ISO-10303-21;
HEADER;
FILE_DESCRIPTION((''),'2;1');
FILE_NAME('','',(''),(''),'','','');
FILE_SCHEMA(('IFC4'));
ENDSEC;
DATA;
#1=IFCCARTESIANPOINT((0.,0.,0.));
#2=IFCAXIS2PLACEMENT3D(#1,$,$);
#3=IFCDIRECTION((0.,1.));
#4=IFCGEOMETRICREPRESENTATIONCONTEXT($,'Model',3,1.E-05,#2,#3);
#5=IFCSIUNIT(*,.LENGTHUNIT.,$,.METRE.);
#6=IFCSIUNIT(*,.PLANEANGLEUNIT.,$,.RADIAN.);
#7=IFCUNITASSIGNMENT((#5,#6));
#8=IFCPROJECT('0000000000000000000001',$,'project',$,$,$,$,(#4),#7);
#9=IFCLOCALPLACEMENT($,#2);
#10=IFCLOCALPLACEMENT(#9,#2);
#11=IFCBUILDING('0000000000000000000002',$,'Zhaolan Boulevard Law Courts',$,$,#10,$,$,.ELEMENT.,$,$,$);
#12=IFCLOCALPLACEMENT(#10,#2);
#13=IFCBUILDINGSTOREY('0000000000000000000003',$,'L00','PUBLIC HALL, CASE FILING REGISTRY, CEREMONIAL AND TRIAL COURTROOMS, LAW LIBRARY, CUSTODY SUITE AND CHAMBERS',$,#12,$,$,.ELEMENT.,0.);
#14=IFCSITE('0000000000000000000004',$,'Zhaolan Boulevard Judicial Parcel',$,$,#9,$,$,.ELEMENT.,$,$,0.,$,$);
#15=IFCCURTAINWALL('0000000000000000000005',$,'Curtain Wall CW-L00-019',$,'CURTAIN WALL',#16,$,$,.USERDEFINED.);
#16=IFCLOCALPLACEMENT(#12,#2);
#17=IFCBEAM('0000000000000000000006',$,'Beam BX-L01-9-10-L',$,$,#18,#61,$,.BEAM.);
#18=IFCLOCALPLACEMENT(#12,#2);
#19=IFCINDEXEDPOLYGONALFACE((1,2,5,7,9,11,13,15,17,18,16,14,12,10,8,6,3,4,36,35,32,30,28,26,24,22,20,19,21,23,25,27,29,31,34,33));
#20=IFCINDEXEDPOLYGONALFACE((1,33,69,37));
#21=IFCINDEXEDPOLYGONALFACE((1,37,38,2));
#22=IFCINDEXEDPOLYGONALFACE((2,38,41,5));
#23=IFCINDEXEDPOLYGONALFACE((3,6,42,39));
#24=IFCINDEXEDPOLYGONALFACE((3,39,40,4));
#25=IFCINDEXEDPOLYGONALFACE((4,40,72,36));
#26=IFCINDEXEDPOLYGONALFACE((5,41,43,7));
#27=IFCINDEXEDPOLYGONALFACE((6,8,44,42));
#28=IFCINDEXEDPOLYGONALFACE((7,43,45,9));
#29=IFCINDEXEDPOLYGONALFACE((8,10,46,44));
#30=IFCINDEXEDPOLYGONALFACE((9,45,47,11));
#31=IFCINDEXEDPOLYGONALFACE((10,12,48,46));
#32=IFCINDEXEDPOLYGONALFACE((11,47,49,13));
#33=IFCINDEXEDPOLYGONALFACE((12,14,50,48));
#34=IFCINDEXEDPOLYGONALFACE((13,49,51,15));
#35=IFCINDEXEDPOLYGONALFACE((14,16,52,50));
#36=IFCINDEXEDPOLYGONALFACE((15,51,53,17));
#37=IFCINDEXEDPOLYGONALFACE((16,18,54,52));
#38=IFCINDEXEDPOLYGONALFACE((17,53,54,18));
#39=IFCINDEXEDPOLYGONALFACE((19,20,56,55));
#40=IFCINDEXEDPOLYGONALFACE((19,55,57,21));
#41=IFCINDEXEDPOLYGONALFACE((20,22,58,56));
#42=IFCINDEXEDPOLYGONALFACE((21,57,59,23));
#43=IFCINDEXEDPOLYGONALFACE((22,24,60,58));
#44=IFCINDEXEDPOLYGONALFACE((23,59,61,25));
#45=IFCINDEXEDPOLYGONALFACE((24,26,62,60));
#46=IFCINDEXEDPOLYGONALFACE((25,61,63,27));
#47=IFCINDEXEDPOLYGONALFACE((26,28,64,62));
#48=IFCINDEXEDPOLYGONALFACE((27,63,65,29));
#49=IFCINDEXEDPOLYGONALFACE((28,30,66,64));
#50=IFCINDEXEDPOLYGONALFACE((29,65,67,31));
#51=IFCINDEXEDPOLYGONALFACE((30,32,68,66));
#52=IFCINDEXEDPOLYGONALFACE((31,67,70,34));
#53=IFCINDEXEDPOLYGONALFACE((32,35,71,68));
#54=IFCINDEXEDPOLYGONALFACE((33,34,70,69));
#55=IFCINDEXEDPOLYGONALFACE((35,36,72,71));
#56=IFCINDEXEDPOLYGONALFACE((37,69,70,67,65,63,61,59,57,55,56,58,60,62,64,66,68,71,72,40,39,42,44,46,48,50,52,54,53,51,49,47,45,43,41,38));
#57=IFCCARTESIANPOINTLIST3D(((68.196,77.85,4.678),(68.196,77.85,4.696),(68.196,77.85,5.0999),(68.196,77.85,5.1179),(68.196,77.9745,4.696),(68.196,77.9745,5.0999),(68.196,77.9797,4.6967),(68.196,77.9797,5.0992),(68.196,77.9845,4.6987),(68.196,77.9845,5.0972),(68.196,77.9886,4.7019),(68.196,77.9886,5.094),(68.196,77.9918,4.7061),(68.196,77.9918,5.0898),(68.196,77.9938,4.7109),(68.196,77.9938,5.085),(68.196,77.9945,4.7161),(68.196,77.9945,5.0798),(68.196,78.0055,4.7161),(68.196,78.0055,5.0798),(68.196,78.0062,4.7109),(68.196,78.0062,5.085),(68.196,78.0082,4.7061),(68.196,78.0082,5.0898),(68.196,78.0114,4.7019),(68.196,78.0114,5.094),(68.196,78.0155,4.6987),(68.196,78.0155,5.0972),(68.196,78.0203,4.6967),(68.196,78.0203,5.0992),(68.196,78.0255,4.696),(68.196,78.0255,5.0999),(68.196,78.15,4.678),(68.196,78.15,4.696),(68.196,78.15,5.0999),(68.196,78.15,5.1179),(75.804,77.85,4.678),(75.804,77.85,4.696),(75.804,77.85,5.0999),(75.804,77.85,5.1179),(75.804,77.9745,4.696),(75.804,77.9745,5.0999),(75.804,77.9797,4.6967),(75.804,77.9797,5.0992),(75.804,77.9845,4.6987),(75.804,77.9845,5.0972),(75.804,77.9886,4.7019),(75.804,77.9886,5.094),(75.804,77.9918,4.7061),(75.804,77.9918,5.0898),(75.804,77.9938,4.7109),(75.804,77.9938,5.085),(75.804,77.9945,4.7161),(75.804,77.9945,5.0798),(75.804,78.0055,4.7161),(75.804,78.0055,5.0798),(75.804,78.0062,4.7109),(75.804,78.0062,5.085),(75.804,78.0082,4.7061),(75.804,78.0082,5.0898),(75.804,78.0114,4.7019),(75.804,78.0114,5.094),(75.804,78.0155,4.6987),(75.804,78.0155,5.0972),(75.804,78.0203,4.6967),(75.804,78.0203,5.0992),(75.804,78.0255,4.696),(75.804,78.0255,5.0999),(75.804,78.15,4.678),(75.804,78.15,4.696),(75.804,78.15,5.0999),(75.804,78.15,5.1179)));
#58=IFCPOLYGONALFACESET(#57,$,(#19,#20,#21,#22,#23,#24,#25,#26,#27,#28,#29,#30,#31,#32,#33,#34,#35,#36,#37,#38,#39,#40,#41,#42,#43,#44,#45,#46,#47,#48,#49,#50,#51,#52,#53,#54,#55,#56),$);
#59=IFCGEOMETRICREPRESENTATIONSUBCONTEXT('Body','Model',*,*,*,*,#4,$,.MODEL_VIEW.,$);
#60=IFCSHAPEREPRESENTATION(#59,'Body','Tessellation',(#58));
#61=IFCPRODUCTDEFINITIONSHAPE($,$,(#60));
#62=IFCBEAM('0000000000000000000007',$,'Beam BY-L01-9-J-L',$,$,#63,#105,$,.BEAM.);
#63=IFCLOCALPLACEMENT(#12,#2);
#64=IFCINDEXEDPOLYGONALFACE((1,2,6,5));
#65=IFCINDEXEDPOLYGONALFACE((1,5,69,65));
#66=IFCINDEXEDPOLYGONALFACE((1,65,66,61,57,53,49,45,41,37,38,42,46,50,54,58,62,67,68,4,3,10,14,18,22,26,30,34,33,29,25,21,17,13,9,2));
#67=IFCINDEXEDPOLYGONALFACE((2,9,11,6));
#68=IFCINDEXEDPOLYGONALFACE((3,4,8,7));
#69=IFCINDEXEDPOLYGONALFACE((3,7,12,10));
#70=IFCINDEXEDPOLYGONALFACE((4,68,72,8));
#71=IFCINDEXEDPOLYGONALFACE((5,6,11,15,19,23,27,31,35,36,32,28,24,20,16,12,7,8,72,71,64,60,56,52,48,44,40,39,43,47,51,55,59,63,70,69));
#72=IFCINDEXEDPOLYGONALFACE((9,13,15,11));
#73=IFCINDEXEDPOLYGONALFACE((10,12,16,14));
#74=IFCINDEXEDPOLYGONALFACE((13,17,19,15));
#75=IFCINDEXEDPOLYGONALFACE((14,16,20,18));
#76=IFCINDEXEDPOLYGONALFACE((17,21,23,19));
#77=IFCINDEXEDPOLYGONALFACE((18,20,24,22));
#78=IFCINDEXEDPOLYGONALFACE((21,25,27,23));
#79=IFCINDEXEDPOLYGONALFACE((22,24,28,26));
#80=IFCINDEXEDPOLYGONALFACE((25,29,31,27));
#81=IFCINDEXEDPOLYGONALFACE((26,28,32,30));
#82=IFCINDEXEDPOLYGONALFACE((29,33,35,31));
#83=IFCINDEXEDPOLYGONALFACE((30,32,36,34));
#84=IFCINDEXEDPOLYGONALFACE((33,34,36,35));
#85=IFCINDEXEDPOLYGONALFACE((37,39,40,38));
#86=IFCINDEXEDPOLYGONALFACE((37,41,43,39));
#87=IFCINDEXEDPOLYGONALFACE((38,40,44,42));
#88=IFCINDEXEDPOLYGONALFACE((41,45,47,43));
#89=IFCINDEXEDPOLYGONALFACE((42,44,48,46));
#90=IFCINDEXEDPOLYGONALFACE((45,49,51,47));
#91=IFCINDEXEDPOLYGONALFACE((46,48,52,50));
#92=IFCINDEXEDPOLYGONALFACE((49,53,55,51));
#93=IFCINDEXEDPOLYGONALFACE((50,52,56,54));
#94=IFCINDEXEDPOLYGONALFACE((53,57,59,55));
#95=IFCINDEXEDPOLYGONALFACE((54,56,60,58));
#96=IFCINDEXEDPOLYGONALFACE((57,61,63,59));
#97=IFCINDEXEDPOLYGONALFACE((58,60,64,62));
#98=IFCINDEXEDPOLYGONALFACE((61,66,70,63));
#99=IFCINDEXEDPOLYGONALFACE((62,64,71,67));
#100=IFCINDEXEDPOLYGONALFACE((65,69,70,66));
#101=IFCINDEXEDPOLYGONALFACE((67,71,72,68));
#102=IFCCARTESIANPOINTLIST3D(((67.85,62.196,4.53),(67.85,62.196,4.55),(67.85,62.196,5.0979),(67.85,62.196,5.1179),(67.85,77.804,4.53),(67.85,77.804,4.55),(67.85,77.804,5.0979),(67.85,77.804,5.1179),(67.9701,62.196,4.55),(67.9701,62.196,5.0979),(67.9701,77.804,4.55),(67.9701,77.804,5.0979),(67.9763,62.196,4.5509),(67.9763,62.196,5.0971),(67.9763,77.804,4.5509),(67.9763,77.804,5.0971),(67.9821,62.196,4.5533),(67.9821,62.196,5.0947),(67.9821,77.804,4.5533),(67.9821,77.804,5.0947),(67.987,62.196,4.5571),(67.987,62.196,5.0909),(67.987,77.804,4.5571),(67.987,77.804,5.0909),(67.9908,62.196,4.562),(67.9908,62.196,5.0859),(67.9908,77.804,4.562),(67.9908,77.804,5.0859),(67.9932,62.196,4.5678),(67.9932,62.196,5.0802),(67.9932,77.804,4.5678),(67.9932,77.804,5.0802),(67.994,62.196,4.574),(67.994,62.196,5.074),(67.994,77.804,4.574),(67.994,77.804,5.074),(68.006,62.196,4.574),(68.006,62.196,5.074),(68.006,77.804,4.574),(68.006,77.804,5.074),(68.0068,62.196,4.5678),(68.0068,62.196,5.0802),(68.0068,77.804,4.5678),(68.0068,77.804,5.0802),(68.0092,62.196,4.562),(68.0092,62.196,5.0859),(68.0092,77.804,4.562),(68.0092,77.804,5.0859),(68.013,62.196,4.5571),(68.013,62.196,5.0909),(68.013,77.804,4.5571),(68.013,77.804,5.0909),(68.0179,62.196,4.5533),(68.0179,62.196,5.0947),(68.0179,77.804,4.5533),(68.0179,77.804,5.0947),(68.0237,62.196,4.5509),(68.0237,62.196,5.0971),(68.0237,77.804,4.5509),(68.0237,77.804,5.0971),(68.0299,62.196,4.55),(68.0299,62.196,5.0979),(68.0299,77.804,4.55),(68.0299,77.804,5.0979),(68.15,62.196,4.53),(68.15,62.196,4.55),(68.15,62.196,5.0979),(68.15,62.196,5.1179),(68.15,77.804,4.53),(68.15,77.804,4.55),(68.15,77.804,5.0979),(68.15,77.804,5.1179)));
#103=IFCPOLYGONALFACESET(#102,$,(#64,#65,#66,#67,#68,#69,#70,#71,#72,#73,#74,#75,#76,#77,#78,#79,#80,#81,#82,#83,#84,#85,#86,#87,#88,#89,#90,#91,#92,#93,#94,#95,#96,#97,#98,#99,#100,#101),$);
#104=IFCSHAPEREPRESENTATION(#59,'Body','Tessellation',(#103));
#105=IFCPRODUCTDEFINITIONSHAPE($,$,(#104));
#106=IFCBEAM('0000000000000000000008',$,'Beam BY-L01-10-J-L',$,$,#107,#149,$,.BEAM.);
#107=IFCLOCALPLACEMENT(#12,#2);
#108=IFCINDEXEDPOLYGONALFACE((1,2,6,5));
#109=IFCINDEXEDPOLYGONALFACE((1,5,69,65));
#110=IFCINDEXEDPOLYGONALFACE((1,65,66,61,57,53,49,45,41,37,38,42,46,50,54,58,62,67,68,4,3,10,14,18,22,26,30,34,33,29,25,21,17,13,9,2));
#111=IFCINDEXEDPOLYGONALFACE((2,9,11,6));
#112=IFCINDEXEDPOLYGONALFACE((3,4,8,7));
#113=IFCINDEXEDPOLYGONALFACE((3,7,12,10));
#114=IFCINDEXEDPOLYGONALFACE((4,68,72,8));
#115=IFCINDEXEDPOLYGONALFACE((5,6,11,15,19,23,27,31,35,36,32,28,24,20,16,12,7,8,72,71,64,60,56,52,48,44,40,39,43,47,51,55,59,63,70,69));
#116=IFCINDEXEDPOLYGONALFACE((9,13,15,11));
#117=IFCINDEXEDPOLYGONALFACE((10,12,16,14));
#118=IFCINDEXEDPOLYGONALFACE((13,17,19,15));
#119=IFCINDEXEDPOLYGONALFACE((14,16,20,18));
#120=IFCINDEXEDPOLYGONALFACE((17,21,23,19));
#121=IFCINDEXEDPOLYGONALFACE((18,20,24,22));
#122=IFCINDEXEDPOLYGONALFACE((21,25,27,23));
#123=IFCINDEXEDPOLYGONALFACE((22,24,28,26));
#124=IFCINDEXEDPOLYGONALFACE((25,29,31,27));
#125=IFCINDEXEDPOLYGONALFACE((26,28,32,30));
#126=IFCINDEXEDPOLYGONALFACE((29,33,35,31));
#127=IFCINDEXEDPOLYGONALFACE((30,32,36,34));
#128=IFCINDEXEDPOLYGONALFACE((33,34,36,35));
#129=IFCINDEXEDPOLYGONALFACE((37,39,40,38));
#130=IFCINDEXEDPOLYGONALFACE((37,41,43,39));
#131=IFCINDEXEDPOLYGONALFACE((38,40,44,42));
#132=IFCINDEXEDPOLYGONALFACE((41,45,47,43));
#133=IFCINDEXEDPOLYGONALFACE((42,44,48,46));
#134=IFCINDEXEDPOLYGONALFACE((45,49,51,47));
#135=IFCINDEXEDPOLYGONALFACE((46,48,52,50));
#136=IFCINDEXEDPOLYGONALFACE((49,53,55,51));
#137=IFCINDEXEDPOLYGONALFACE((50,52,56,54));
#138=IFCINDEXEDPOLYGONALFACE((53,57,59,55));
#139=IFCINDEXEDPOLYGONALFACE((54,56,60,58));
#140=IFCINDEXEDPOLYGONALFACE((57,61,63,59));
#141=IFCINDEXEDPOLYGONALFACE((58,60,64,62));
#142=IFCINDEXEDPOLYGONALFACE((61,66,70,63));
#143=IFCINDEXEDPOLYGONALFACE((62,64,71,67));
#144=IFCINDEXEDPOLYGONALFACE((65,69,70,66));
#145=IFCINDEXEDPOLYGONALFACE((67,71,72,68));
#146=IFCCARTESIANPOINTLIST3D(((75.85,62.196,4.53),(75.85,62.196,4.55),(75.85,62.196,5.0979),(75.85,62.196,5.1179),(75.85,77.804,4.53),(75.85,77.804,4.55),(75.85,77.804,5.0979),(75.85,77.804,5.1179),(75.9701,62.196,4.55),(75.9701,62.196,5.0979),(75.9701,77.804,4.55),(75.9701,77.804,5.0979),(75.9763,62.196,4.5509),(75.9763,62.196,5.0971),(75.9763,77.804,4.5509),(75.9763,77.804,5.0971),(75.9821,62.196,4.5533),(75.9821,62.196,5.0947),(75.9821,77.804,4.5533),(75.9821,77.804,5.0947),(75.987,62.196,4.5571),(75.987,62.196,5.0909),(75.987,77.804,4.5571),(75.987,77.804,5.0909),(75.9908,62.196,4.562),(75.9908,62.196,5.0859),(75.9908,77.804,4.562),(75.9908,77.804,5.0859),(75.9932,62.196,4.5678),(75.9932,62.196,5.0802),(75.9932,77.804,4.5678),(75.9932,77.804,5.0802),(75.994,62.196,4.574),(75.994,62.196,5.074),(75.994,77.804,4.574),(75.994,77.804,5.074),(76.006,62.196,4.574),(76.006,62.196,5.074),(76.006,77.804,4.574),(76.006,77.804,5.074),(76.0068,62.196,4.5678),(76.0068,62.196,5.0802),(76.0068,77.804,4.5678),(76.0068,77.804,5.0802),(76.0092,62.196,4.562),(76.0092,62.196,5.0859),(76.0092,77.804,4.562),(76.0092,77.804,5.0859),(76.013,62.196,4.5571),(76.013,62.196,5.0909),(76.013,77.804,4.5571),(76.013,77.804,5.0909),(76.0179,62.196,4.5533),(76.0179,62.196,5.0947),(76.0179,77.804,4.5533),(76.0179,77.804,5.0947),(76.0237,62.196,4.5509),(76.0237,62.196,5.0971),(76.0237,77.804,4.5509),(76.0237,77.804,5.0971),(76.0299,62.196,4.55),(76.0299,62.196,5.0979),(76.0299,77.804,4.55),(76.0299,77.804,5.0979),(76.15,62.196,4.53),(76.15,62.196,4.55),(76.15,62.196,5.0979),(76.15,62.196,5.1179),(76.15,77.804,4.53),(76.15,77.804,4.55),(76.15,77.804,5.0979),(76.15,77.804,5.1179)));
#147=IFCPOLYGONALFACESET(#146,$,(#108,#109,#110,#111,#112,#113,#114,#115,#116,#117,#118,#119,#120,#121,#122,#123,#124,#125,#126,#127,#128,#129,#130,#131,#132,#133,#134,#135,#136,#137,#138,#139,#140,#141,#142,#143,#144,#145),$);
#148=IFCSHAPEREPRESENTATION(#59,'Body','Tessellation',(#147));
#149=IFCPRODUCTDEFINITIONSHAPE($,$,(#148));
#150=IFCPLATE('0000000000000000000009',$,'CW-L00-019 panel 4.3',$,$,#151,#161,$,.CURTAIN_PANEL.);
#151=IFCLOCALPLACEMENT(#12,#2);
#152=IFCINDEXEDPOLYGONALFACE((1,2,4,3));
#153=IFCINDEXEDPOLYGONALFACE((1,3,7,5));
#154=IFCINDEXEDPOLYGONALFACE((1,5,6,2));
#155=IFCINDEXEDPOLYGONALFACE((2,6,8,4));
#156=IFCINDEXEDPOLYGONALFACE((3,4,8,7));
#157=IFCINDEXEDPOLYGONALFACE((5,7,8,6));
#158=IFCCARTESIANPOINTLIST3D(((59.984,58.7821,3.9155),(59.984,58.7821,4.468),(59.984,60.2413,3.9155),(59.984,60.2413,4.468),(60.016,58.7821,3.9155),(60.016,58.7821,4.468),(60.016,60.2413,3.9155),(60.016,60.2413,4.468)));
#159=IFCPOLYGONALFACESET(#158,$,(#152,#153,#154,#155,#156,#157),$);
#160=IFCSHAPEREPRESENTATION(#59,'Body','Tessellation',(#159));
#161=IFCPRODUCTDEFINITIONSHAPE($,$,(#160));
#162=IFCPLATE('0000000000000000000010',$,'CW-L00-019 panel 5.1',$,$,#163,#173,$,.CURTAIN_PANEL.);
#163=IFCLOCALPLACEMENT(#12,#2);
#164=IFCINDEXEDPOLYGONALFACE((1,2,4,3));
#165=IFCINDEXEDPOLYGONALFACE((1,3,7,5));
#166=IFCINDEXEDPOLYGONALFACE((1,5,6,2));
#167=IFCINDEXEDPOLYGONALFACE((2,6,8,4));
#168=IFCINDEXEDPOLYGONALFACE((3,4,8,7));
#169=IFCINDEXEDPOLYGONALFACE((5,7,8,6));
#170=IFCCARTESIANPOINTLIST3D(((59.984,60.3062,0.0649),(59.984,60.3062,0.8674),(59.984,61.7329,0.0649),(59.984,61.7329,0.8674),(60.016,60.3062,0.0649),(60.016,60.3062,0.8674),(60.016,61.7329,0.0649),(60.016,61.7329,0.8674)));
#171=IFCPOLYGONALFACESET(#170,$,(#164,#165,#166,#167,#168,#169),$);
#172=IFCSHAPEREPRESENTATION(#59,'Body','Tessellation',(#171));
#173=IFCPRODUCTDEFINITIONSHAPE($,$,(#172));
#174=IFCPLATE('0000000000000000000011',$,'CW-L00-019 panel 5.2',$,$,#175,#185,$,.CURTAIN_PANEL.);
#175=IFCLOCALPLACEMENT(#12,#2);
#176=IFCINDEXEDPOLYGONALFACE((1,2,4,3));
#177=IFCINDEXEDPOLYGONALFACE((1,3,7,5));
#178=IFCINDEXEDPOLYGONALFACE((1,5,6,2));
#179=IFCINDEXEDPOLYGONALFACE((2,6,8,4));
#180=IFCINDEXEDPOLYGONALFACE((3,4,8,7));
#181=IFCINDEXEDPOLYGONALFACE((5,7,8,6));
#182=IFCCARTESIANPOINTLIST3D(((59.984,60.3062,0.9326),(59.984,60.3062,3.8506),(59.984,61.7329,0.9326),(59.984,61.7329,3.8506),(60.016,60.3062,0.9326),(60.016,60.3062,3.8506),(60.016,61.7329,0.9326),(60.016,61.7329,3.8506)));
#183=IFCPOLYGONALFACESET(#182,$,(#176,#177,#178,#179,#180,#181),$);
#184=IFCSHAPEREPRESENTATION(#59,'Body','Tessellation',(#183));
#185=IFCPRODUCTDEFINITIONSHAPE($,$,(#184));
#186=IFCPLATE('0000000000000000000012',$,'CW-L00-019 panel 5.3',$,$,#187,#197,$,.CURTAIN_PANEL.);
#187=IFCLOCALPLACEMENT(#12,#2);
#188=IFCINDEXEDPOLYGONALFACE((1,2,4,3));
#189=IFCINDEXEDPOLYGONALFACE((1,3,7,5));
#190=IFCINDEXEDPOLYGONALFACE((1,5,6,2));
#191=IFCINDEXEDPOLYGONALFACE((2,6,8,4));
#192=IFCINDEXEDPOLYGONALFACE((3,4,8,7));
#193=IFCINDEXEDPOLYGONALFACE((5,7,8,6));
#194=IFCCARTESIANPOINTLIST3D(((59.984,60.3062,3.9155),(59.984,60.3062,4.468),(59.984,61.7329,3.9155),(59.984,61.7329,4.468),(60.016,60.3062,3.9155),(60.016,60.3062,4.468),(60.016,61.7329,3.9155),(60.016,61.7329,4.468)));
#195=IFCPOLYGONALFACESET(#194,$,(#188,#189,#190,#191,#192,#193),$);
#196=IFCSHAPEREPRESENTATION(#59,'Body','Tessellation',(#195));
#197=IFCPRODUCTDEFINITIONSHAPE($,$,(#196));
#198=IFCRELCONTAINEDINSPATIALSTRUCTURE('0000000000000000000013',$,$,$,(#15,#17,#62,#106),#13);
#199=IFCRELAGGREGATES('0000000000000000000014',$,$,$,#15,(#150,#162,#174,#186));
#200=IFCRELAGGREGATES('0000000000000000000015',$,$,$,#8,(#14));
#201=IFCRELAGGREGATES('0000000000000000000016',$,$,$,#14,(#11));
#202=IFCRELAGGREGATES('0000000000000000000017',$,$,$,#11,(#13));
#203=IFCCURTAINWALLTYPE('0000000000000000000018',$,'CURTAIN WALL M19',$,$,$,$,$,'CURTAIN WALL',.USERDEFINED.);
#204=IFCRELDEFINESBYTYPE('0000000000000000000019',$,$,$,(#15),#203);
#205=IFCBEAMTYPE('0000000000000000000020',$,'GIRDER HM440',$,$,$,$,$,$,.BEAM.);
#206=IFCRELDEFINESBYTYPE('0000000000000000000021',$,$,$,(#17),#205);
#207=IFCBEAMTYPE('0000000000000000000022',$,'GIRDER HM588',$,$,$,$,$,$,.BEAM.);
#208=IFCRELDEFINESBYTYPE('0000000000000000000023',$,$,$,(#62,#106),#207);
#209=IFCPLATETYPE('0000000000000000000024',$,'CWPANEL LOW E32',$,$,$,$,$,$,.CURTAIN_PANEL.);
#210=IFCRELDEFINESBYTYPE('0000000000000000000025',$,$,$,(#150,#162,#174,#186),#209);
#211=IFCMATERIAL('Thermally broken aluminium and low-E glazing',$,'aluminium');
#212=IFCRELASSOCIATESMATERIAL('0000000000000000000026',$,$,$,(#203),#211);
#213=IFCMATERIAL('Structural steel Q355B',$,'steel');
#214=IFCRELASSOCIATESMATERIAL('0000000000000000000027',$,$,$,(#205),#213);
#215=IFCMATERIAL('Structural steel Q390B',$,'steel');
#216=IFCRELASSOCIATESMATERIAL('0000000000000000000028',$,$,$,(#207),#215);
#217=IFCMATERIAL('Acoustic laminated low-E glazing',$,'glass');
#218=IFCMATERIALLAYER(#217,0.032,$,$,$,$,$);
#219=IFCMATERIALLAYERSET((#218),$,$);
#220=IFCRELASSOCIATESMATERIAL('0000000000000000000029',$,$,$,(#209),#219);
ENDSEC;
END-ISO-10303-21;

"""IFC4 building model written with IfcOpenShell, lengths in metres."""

from ifc_helpers import new_model, si_unit, direction, frame, origin, origin_2d, place, context, subcontext, project, spatial, rectangle, i_section, extrude, material, layer, layer_set, material_profile, profile_set, type_object, element, aggregate, save


model = new_model("IFC4")

# Units and contexts
model_context = context("Model", 3, precision=1e-05, world=origin(), true_north=direction((0.0, 1.0)))
body_context = subcontext(model_context, "Body", "Model", "MODEL_VIEW")
ifc_project = project(units=[si_unit("LENGTHUNIT", "METRE"), si_unit("PLANEANGLEUNIT", "RADIAN")], contexts=[model_context])

# Site, building, storey
site_placement = place(None, origin())
site = spatial("IfcSite", under=ifc_project, at=site_placement, Name="Zhaolan Boulevard Judicial Parcel", CompositionType="ELEMENT", RefElevation=0.0)
building_placement = place(site_placement, origin())
building = spatial("IfcBuilding", under=site, at=building_placement, Name="Zhaolan Boulevard Law Courts", CompositionType="ELEMENT")
storey_placement = place(building_placement, origin())
storey = spatial("IfcBuildingStorey", under=building, at=storey_placement, Name="L00", Description="PUBLIC HALL, CASE FILING REGISTRY, CEREMONIAL AND TRIAL COURTROOMS, LAW LIBRARY, CUSTODY SUITE AND CHAMBERS", CompositionType="ELEMENT", Elevation=0.0)

# Curtain wall
ifc_material_1 = material(Name="Thermally broken aluminium and low-E glazing", Category="aluminium")
curtain_wall_type = type_object("IfcCurtainWallType", Name="CURTAIN WALL M19", ElementType="CURTAIN WALL", PredefinedType="USERDEFINED", material=ifc_material_1)
curtain_wall_placement = place(storey_placement, origin())
curtain_wall = element("IfcCurtainWall", 1, at=curtain_wall_placement, inside=storey, type_object=curtain_wall_type, Name="Curtain Wall CW-L00-019", ObjectType="CURTAIN WALL", PredefinedType="USERDEFINED")

# Beams
ifc_material_2 = material(Name="Structural steel Q355B", Category="steel")
ifc_material_profile_1 = material_profile(ifc_material_2, i_section(OverallWidth=0.3, OverallDepth=0.4399, WebThickness=0.011, FlangeThickness=0.0181, FilletRadius=0.02, at=origin_2d()), Name="HM440x300")
ifc_profile_set_1 = profile_set([ifc_material_profile_1], Name="Structural steel Q355B")
beam_type_1 = type_object("IfcBeamType", Name="GIRDER HM440", PredefinedType="BEAM", material=ifc_profile_set_1)
for number, where, z_axis, x_axis, name in (
    (2, (68.196, 78.0, 4.8979), (1.0, 0.0, 0.0), (0.0, 1.0, 0.0), "Beam BX-L01-9-10-L"),
):
    element("IfcBeam", number, at=place(storey_placement, frame(where, z_axis=z_axis, x_axis=x_axis)), inside=storey, type_object=beam_type_1, Name=name, PredefinedType="BEAM", context=body_context, shape_type="SweptSolid", body=[
        extrude(i_section(OverallWidth=0.3, OverallDepth=0.4399, WebThickness=0.011, FlangeThickness=0.0181, FilletRadius=0.02, at=origin_2d()), origin(), (0.0, 0.0, 1.0), 7.6079),
    ])
ifc_material_3 = material(Name="Structural steel Q390B", Category="steel")
ifc_material_profile_2 = material_profile(ifc_material_3, i_section(OverallWidth=0.3, OverallDepth=0.5879, WebThickness=0.012, FlangeThickness=0.02, FilletRadius=0.0239, at=origin_2d()), Name="HM588x300")
ifc_profile_set_2 = profile_set([ifc_material_profile_2], Name="Structural steel Q390B")
beam_type_2 = type_object("IfcBeamType", Name="GIRDER HM588", PredefinedType="BEAM", material=ifc_profile_set_2)
for number, where, z_axis, x_axis, name in (
    (3, (68.0, 62.196, 4.824), (0.0, 1.0, 0.0), (-1.0, 0.0, 0.0), "Beam BY-L01-9-J-L"),
    (4, (76.0, 62.196, 4.824), (0.0, 1.0, 0.0), (-1.0, 0.0, 0.0), "Beam BY-L01-10-J-L"),
):
    element("IfcBeam", number, at=place(storey_placement, frame(where, z_axis=z_axis, x_axis=x_axis)), inside=storey, type_object=beam_type_2, Name=name, PredefinedType="BEAM", context=body_context, shape_type="SweptSolid", body=[
        extrude(i_section(OverallWidth=0.3, OverallDepth=0.5879, WebThickness=0.012, FlangeThickness=0.02, FilletRadius=0.0239, at=origin_2d()), origin(), (0.0, 0.0, 1.0), 15.6079),
    ])

# Plates
ifc_material_4 = material(Name="Acoustic laminated low-E glazing", Category="glass")
ifc_layer_1 = layer(ifc_material_4, 0.032)
ifc_layer_set_1 = layer_set([ifc_layer_1])
plate_type_1 = type_object("IfcPlateType", Name="CWPANEL LOW E32", PredefinedType="CURTAIN_PANEL", material=ifc_layer_set_1)
plate_1_placement = place(storey_placement, frame((60.0, 59.5117, 3.9155), z_axis=(0.0, 0.0, 1.0), x_axis=(0.0, 1.0, 0.0)))
plate_1 = element("IfcPlate", 5, at=plate_1_placement, type_object=plate_type_1, Name="CW-L00-019 panel 4.3", PredefinedType="CURTAIN_PANEL", context=body_context, shape_type="SweptSolid", body=[
    extrude(rectangle(XDim=1.4592, YDim=0.032, at=origin_2d()), origin(), (0.0, 0.0, 1.0), 0.5525),
])
plate_2_placement = place(storey_placement, frame((60.0, 61.0195, 0.0649), z_axis=(0.0, 0.0, 1.0), x_axis=(0.0, 1.0, 0.0)))
plate_2 = element("IfcPlate", 6, at=plate_2_placement, type_object=plate_type_1, Name="CW-L00-019 panel 5.1", PredefinedType="CURTAIN_PANEL", context=body_context, shape_type="SweptSolid", body=[
    extrude(rectangle(XDim=1.4268, YDim=0.032, at=origin_2d()), origin(), (0.0, 0.0, 1.0), 0.8025),
])
plate_3_placement = place(storey_placement, frame((60.0, 61.0195, 0.9326), z_axis=(0.0, 0.0, 1.0), x_axis=(0.0, 1.0, 0.0)))
plate_3 = element("IfcPlate", 7, at=plate_3_placement, type_object=plate_type_1, Name="CW-L00-019 panel 5.2", PredefinedType="CURTAIN_PANEL", context=body_context, shape_type="SweptSolid", body=[
    extrude(rectangle(XDim=1.4268, YDim=0.032, at=origin_2d()), origin(), (0.0, 0.0, 1.0), 2.918),
])
plate_4_placement = place(storey_placement, frame((60.0, 61.0195, 3.9155), z_axis=(0.0, 0.0, 1.0), x_axis=(0.0, 1.0, 0.0)))
plate_4 = element("IfcPlate", 8, at=plate_4_placement, type_object=plate_type_1, Name="CW-L00-019 panel 5.3", PredefinedType="CURTAIN_PANEL", context=body_context, shape_type="SweptSolid", body=[
    extrude(rectangle(XDim=1.4268, YDim=0.032, at=origin_2d()), origin(), (0.0, 0.0, 1.0), 0.5525),
])
aggregate(curtain_wall, [plate_1, plate_2, plate_3, plate_4])

save(model, "model.ifc")
